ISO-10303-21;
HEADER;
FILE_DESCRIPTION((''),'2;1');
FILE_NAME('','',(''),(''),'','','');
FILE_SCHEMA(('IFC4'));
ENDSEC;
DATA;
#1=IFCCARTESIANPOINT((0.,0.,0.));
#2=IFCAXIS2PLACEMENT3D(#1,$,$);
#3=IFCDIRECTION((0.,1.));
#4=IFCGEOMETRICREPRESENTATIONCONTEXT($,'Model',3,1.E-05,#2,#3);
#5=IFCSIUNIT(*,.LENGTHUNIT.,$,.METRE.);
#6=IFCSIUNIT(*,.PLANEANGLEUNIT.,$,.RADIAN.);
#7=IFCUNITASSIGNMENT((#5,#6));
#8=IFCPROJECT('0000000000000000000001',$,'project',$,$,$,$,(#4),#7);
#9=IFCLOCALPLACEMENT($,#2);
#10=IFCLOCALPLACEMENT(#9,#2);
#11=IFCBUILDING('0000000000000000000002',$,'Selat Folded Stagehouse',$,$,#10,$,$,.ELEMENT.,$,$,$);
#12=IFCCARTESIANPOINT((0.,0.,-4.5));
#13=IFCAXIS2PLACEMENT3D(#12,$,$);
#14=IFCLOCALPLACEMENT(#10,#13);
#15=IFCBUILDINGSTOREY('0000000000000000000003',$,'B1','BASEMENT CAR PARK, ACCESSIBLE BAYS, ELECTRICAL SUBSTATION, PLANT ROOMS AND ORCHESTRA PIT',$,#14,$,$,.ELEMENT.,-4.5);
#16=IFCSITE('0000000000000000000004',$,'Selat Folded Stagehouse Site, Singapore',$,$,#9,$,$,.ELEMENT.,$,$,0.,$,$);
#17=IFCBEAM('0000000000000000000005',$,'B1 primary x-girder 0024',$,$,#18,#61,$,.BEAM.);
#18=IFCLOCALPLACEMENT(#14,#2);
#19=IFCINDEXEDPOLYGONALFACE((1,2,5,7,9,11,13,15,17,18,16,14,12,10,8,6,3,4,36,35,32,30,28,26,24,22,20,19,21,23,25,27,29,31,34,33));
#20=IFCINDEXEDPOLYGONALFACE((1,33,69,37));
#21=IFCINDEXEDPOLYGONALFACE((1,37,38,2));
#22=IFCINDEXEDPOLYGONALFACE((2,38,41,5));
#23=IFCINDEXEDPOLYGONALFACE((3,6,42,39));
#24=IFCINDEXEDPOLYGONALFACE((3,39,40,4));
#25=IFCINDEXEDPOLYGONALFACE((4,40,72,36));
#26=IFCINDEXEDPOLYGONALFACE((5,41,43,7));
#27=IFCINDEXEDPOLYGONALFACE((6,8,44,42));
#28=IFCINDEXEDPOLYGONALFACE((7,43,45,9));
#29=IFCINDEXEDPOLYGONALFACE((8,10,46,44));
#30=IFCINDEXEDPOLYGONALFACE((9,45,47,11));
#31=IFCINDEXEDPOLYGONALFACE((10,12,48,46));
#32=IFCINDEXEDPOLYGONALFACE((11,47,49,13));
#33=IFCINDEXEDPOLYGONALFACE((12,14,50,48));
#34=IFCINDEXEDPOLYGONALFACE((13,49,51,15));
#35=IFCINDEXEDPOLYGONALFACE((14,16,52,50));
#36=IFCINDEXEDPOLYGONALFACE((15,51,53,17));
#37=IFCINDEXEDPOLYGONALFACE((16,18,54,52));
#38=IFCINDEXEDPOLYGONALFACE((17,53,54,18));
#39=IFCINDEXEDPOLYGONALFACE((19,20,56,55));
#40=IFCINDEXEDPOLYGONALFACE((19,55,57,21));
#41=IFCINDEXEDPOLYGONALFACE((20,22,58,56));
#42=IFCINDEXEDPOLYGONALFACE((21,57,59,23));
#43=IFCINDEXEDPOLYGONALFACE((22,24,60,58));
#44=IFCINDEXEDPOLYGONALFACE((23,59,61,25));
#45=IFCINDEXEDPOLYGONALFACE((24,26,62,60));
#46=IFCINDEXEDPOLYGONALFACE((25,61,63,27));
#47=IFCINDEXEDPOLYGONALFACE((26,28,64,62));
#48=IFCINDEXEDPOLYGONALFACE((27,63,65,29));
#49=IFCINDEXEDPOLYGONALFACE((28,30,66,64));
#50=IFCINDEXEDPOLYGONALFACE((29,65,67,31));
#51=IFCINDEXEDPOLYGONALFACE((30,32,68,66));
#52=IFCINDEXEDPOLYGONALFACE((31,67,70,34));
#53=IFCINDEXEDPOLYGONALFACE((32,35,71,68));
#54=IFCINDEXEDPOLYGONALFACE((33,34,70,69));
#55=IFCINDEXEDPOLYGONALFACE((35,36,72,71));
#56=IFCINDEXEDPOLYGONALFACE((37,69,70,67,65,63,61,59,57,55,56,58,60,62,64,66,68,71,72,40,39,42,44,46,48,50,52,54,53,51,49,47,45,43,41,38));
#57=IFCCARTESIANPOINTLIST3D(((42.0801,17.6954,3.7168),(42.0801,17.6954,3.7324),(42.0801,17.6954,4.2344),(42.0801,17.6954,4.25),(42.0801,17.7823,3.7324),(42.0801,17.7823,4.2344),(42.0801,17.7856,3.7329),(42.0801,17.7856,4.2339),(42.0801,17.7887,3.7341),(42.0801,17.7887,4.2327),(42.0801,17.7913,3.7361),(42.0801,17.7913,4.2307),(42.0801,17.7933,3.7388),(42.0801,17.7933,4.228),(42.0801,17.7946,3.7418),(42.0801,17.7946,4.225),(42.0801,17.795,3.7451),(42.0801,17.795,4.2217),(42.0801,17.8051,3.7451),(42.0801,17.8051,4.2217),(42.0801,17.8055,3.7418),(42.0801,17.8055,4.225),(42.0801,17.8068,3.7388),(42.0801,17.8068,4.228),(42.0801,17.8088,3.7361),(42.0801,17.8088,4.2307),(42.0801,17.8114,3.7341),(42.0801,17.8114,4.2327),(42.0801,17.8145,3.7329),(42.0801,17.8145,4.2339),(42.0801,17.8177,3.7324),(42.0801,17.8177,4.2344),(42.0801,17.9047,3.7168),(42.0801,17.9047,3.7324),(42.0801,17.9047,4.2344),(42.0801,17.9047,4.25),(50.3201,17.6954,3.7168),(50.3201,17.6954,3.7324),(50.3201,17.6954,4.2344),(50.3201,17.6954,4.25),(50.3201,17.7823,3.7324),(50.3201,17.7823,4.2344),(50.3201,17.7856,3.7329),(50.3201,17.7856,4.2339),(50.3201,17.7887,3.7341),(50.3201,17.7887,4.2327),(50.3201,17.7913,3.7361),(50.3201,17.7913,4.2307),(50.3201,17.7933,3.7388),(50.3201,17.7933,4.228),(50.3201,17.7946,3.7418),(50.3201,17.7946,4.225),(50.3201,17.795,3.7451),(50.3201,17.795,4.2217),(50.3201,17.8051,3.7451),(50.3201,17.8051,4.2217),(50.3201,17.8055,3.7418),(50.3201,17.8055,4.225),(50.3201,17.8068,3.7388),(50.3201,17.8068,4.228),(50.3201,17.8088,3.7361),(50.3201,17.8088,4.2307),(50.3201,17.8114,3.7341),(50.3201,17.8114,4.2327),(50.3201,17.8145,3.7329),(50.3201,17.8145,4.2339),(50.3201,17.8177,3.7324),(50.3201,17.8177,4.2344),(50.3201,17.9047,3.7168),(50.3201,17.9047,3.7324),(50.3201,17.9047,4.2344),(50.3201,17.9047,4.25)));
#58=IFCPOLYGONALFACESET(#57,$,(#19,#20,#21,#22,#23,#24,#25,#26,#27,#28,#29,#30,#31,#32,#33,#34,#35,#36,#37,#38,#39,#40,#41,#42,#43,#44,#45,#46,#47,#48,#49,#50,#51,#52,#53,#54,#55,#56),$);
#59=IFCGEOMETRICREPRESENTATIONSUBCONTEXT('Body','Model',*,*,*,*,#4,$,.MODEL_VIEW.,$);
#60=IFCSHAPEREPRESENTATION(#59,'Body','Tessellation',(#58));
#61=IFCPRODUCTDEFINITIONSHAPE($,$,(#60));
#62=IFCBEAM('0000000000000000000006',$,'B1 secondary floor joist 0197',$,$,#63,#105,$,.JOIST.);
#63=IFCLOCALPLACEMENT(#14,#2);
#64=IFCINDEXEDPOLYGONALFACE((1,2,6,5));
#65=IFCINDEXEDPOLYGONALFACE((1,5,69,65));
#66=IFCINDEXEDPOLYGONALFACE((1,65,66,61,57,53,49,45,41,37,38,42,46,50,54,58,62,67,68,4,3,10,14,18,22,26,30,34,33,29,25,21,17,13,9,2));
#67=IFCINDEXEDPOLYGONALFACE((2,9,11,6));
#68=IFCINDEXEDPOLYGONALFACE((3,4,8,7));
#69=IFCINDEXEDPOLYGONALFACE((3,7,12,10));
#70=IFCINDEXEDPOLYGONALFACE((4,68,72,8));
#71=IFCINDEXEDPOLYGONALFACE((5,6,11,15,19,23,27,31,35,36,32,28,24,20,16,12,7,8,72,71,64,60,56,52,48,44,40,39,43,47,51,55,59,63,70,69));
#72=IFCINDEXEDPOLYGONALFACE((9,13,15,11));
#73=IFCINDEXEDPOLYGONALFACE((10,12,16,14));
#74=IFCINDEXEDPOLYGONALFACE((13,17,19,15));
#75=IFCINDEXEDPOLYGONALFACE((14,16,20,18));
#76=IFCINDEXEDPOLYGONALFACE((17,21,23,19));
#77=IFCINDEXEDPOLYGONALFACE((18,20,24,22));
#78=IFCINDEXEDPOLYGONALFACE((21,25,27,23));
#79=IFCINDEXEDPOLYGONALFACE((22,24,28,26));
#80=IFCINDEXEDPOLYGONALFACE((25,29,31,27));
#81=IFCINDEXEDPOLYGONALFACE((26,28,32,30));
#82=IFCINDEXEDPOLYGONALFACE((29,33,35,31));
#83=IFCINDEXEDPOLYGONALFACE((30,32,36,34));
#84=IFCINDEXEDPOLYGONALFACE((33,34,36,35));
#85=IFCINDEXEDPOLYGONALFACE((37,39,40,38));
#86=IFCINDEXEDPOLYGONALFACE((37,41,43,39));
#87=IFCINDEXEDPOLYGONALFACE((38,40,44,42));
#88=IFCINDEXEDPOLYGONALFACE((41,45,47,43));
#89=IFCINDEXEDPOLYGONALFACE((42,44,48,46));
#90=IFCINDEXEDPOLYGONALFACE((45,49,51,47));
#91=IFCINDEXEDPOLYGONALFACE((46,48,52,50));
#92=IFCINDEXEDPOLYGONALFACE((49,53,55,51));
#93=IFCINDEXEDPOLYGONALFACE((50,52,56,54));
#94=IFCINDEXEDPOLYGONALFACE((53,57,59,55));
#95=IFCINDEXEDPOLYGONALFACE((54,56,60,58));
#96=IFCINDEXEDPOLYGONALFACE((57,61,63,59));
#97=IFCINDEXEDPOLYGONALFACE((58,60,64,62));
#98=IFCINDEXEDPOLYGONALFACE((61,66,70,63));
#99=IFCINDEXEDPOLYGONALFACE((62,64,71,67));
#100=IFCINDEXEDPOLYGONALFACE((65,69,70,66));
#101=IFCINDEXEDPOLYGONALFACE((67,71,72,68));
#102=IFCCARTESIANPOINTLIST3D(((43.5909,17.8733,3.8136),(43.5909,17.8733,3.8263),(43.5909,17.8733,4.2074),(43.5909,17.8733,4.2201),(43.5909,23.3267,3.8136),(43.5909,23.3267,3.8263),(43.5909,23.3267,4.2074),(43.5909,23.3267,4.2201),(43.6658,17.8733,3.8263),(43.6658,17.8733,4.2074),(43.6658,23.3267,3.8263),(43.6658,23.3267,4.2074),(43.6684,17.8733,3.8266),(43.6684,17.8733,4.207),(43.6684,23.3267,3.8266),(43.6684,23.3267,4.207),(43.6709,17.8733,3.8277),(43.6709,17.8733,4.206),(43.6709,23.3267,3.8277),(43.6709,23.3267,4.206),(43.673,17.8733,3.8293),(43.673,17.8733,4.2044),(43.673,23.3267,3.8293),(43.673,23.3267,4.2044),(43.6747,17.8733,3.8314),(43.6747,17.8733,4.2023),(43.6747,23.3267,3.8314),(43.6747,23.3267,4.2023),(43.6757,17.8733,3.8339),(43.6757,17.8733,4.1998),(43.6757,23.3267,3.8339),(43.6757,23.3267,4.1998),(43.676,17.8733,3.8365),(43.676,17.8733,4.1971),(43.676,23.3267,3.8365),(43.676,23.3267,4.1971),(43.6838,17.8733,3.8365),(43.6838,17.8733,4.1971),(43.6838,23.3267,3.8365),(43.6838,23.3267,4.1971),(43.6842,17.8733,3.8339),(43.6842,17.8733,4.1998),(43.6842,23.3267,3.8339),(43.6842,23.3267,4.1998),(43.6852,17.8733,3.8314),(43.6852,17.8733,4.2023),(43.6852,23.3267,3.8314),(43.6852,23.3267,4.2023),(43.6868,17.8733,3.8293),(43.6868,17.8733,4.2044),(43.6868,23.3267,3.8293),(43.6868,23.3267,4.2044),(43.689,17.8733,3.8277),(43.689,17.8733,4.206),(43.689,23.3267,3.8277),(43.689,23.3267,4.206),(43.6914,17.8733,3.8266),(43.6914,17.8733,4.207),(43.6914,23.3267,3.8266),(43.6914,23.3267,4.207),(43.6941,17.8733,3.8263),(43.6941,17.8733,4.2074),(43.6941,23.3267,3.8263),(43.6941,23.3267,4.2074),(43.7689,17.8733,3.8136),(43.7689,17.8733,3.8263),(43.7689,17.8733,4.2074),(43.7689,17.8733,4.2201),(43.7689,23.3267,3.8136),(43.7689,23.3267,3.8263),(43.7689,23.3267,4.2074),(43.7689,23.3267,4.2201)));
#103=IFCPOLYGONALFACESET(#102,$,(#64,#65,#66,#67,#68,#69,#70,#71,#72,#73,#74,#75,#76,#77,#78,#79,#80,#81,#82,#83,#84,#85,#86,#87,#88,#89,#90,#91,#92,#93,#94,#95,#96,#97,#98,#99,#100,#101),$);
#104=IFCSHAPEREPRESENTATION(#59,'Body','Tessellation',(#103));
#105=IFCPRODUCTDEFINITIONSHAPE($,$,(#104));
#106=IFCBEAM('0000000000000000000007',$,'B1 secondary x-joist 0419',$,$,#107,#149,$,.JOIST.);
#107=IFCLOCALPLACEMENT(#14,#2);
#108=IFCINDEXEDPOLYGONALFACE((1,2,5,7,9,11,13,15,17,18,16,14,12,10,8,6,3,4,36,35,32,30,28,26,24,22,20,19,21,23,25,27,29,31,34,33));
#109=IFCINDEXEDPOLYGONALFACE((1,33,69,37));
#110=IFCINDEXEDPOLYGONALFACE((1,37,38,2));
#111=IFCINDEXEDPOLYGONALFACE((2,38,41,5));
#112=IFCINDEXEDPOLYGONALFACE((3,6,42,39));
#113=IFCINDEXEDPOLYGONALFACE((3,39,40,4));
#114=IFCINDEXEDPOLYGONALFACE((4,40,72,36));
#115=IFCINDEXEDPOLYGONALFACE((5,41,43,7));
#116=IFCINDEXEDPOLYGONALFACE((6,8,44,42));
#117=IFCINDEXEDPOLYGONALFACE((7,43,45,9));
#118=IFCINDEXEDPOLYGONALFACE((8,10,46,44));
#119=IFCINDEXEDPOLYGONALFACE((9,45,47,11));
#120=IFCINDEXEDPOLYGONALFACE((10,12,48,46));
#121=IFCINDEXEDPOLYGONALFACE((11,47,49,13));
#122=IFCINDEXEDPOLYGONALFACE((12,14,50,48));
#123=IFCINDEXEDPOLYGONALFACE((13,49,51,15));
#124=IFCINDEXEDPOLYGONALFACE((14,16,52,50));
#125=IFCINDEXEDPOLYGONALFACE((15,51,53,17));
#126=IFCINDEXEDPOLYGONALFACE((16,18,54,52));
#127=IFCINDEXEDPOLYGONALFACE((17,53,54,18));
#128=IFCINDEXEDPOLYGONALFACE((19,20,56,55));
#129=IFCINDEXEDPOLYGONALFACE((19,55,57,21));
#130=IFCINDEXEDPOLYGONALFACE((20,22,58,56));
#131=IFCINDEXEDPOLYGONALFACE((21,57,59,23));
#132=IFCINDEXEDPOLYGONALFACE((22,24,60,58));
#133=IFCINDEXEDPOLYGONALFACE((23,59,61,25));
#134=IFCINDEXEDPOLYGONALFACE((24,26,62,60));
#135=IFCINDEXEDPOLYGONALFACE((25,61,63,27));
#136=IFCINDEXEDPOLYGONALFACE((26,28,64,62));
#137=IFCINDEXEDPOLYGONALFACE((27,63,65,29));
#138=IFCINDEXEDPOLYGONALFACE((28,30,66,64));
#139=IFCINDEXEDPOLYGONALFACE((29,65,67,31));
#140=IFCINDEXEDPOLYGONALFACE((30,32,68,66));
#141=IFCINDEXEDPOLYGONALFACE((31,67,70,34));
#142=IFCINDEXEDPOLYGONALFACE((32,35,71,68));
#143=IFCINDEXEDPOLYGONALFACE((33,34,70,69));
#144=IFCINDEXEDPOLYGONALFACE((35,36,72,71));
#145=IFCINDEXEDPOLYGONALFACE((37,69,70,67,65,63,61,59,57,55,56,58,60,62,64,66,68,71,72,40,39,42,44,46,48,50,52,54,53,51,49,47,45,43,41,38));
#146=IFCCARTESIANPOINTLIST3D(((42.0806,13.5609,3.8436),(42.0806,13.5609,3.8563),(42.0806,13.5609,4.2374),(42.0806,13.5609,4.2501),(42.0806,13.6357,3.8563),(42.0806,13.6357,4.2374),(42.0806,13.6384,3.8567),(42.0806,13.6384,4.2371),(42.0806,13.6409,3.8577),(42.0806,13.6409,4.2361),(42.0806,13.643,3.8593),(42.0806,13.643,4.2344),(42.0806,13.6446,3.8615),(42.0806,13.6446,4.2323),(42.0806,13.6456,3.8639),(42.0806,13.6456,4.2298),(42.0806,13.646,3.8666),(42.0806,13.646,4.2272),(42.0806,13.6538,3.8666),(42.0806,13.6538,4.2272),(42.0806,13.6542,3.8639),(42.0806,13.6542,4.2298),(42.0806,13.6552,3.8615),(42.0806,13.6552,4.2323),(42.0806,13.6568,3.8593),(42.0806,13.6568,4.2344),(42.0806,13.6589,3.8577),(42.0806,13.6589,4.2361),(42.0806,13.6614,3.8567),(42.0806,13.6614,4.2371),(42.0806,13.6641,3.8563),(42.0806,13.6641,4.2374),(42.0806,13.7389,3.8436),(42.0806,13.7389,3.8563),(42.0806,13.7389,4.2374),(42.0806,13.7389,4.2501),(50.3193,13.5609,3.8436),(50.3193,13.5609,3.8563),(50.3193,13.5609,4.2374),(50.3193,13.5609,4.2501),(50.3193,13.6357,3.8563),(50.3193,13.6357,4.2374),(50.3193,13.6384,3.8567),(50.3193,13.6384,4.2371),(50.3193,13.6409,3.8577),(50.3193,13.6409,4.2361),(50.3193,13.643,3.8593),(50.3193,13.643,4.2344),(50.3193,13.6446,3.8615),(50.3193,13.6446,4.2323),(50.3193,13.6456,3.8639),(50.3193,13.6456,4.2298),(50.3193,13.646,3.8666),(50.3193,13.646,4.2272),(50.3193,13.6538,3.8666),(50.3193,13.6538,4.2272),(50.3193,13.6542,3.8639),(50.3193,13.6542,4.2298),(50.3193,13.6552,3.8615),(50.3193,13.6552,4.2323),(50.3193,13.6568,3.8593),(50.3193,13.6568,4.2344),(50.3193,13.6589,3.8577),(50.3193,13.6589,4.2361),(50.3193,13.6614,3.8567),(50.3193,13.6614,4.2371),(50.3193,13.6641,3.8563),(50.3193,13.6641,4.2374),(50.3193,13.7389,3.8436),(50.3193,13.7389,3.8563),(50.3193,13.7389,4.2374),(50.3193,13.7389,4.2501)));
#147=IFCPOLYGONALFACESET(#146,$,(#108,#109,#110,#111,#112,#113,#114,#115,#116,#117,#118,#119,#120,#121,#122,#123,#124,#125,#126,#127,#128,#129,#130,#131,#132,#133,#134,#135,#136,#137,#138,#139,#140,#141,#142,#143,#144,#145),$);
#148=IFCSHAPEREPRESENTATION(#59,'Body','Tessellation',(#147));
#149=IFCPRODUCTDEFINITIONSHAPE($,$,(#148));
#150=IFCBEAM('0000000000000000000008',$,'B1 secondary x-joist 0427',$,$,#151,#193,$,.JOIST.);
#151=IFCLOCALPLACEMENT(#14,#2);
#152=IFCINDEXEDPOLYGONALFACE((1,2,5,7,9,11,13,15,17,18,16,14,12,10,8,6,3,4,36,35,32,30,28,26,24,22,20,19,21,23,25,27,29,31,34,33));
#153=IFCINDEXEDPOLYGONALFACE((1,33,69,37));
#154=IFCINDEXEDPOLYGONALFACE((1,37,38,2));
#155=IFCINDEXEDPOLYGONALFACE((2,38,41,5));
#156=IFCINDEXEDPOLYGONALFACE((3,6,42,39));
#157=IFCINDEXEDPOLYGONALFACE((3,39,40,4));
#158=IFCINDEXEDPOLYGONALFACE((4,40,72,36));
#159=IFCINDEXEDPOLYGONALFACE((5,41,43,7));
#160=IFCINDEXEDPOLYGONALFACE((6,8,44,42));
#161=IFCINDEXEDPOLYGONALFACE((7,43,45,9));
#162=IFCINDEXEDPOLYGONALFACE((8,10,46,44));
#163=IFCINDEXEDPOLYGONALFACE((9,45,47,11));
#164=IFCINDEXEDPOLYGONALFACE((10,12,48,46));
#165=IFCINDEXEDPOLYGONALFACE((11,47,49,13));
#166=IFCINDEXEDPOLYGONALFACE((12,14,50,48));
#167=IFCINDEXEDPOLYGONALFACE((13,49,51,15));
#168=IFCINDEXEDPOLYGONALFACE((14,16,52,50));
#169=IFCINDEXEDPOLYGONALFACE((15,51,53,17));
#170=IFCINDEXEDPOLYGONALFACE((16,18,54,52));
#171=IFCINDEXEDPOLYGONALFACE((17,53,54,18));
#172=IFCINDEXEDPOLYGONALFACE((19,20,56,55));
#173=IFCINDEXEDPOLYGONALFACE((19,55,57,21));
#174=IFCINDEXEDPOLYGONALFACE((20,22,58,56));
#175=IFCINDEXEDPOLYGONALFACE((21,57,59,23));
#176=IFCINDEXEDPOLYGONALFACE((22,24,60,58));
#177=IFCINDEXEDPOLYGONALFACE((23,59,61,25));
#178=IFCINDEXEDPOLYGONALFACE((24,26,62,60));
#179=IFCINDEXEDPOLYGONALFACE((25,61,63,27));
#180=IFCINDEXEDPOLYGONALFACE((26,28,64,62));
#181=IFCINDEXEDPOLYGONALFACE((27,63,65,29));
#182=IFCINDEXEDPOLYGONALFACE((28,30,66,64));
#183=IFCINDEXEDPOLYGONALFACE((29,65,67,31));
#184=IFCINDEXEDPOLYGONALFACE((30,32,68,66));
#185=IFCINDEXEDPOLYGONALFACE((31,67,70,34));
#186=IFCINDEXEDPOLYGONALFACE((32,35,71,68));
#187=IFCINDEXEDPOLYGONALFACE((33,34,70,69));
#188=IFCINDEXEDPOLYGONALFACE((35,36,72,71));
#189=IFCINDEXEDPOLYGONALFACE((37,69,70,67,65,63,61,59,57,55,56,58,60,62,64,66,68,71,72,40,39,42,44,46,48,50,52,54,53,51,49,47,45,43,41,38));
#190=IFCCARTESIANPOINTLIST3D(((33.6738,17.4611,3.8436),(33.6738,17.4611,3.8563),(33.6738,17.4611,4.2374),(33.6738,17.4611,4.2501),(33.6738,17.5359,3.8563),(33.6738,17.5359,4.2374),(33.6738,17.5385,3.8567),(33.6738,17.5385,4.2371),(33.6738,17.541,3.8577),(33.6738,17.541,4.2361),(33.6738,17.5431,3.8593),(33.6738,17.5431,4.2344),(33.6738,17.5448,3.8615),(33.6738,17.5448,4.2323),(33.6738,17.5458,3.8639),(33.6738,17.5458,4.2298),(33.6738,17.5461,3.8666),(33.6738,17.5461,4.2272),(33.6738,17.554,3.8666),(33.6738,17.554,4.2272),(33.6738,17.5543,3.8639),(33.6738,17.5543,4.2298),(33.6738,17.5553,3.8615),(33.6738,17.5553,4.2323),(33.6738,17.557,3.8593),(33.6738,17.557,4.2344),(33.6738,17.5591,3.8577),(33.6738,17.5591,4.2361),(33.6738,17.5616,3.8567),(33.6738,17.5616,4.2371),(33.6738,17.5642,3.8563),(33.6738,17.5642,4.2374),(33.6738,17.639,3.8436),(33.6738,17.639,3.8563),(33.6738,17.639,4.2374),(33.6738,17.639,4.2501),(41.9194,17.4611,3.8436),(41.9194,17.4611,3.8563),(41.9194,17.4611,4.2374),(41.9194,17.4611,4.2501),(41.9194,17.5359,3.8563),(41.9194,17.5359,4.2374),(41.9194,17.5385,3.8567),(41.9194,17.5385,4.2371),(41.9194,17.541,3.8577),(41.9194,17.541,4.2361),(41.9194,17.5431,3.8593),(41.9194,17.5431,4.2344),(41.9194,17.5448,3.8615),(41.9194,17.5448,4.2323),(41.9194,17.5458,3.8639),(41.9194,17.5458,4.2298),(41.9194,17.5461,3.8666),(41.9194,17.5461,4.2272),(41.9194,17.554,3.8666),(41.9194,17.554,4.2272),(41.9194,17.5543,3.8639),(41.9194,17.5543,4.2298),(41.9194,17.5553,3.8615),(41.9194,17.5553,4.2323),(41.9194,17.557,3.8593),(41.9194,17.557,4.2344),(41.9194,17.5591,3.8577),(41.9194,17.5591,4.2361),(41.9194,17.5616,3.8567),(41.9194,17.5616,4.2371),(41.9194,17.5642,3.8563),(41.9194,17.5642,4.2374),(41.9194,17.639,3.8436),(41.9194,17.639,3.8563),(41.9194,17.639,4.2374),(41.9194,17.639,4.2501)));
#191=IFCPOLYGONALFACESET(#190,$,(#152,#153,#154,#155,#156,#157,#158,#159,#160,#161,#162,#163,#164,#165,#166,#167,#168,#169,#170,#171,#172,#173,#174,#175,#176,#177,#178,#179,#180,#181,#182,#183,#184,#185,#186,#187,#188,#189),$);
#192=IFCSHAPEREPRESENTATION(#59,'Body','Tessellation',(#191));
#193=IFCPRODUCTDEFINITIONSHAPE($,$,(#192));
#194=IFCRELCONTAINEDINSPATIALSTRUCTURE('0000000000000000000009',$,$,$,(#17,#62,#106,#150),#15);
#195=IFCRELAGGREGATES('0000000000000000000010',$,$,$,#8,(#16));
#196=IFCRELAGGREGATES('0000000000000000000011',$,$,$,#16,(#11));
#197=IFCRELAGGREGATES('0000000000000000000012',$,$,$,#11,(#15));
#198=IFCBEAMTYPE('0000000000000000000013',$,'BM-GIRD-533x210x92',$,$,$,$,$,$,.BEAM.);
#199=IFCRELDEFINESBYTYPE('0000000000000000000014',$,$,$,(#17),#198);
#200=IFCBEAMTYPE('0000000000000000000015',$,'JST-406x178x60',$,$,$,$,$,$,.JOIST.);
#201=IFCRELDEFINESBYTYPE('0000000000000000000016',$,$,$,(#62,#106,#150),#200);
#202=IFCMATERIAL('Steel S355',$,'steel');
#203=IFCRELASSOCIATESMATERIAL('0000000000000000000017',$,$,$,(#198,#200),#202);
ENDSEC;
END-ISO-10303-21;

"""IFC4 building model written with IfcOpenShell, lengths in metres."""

from ifc_helpers import new_model, si_unit, direction, frame, origin, origin_2d, place, context, subcontext, project, spatial, i_section, extrude, material, material_profile, profile_set, type_object, element, save


model = new_model("IFC4")

# Units and contexts
model_context = context("Model", 3, precision=1e-05, world=origin(), true_north=direction((0.0, 1.0)))
body_context = subcontext(model_context, "Body", "Model", "MODEL_VIEW")
ifc_project = project(units=[si_unit("LENGTHUNIT", "METRE"), si_unit("PLANEANGLEUNIT", "RADIAN")], contexts=[model_context])

# Site, building, storey
site_placement = place(None, origin())
site = spatial("IfcSite", under=ifc_project, at=site_placement, Name="Selat Folded Stagehouse Site, Singapore", CompositionType="ELEMENT", RefElevation=0.0)
building_placement = place(site_placement, origin())
building = spatial("IfcBuilding", under=site, at=building_placement, Name="Selat Folded Stagehouse", CompositionType="ELEMENT")
storey_placement = place(building_placement, frame((0.0, 0.0, -4.5)))
storey = spatial("IfcBuildingStorey", under=building, at=storey_placement, Name="B1", Description="BASEMENT CAR PARK, ACCESSIBLE BAYS, ELECTRICAL SUBSTATION, PLANT ROOMS AND ORCHESTRA PIT", CompositionType="ELEMENT", Elevation=-4.5)

# Shared definitions
ifc_material_1 = material(Name="Steel S355", Category="steel")

# Beams
ifc_material_profile_1 = material_profile(ifc_material_1, i_section(OverallWidth=0.2092, OverallDepth=0.5332, WebThickness=0.01, FlangeThickness=0.0156, FilletRadius=0.0127, at=origin_2d()), Name="UKB 533x210x92")
ifc_profile_set_1 = profile_set([ifc_material_profile_1], Name="Steel S355")
beam_type_1 = type_object("IfcBeamType", Name="BM-GIRD-533x210x92", PredefinedType="BEAM", material=ifc_profile_set_1)
beam_1_placement = place(storey_placement, frame((42.0801, 17.8, 3.9834), z_axis=(1.0, 0.0, 0.0), x_axis=(0.0, 1.0, 0.0)))
element("IfcBeam", 1, at=beam_1_placement, inside=storey, type_object=beam_type_1, Name="B1 primary x-girder 0024", PredefinedType="BEAM", context=body_context, shape_type="SweptSolid", body=[
    extrude(i_section(OverallWidth=0.2092, OverallDepth=0.5332, WebThickness=0.01, FlangeThickness=0.0156, FilletRadius=0.0127, at=origin_2d()), origin(), (0.0, 0.0, 1.0), 8.24),
])
ifc_material_profile_2 = material_profile(ifc_material_1, i_section(OverallWidth=0.178, OverallDepth=0.4065, WebThickness=0.0078, FlangeThickness=0.0127, FilletRadius=0.0103, at=origin_2d()), Name="UKB 406x178x60")
ifc_profile_set_2 = profile_set([ifc_material_profile_2], Name="Steel S355")
beam_type_2 = type_object("IfcBeamType", Name="JST-406x178x60", PredefinedType="JOIST", material=ifc_profile_set_2)
beam_2_placement = place(storey_placement, frame((43.6799, 17.8733, 4.0168), z_axis=(0.0, 1.0, 0.0), x_axis=(-1.0, 0.0, 0.0)))
element("IfcBeam", 2, at=beam_2_placement, inside=storey, type_object=beam_type_2, Name="B1 secondary floor joist 0197", PredefinedType="JOIST", context=body_context, shape_type="SweptSolid", body=[
    extrude(i_section(OverallWidth=0.178, OverallDepth=0.4065, WebThickness=0.0078, FlangeThickness=0.0127, FilletRadius=0.0103, at=origin_2d()), origin(), (0.0, 0.0, 1.0), 5.4534),
])
beam_3_placement = place(storey_placement, frame((42.0806, 13.6499, 4.0469), z_axis=(1.0, 0.0, 0.0), x_axis=(0.0, 1.0, 0.0)))
element("IfcBeam", 3, at=beam_3_placement, inside=storey, type_object=beam_type_2, Name="B1 secondary x-joist 0419", PredefinedType="JOIST", context=body_context, shape_type="SweptSolid", body=[
    extrude(i_section(OverallWidth=0.178, OverallDepth=0.4065, WebThickness=0.0078, FlangeThickness=0.0127, FilletRadius=0.0103, at=origin_2d()), origin(), (0.0, 0.0, 1.0), 8.2388),
])
beam_4_placement = place(storey_placement, frame((33.6738, 17.55, 4.0469), z_axis=(1.0, 0.0, 0.0), x_axis=(0.0, 1.0, 0.0)))
element("IfcBeam", 4, at=beam_4_placement, inside=storey, type_object=beam_type_2, Name="B1 secondary x-joist 0427", PredefinedType="JOIST", context=body_context, shape_type="SweptSolid", body=[
    extrude(i_section(OverallWidth=0.178, OverallDepth=0.4065, WebThickness=0.0078, FlangeThickness=0.0127, FilletRadius=0.0103, at=origin_2d()), origin(), (0.0, 0.0, 1.0), 8.2456),
])

save(model, "model.ifc")
